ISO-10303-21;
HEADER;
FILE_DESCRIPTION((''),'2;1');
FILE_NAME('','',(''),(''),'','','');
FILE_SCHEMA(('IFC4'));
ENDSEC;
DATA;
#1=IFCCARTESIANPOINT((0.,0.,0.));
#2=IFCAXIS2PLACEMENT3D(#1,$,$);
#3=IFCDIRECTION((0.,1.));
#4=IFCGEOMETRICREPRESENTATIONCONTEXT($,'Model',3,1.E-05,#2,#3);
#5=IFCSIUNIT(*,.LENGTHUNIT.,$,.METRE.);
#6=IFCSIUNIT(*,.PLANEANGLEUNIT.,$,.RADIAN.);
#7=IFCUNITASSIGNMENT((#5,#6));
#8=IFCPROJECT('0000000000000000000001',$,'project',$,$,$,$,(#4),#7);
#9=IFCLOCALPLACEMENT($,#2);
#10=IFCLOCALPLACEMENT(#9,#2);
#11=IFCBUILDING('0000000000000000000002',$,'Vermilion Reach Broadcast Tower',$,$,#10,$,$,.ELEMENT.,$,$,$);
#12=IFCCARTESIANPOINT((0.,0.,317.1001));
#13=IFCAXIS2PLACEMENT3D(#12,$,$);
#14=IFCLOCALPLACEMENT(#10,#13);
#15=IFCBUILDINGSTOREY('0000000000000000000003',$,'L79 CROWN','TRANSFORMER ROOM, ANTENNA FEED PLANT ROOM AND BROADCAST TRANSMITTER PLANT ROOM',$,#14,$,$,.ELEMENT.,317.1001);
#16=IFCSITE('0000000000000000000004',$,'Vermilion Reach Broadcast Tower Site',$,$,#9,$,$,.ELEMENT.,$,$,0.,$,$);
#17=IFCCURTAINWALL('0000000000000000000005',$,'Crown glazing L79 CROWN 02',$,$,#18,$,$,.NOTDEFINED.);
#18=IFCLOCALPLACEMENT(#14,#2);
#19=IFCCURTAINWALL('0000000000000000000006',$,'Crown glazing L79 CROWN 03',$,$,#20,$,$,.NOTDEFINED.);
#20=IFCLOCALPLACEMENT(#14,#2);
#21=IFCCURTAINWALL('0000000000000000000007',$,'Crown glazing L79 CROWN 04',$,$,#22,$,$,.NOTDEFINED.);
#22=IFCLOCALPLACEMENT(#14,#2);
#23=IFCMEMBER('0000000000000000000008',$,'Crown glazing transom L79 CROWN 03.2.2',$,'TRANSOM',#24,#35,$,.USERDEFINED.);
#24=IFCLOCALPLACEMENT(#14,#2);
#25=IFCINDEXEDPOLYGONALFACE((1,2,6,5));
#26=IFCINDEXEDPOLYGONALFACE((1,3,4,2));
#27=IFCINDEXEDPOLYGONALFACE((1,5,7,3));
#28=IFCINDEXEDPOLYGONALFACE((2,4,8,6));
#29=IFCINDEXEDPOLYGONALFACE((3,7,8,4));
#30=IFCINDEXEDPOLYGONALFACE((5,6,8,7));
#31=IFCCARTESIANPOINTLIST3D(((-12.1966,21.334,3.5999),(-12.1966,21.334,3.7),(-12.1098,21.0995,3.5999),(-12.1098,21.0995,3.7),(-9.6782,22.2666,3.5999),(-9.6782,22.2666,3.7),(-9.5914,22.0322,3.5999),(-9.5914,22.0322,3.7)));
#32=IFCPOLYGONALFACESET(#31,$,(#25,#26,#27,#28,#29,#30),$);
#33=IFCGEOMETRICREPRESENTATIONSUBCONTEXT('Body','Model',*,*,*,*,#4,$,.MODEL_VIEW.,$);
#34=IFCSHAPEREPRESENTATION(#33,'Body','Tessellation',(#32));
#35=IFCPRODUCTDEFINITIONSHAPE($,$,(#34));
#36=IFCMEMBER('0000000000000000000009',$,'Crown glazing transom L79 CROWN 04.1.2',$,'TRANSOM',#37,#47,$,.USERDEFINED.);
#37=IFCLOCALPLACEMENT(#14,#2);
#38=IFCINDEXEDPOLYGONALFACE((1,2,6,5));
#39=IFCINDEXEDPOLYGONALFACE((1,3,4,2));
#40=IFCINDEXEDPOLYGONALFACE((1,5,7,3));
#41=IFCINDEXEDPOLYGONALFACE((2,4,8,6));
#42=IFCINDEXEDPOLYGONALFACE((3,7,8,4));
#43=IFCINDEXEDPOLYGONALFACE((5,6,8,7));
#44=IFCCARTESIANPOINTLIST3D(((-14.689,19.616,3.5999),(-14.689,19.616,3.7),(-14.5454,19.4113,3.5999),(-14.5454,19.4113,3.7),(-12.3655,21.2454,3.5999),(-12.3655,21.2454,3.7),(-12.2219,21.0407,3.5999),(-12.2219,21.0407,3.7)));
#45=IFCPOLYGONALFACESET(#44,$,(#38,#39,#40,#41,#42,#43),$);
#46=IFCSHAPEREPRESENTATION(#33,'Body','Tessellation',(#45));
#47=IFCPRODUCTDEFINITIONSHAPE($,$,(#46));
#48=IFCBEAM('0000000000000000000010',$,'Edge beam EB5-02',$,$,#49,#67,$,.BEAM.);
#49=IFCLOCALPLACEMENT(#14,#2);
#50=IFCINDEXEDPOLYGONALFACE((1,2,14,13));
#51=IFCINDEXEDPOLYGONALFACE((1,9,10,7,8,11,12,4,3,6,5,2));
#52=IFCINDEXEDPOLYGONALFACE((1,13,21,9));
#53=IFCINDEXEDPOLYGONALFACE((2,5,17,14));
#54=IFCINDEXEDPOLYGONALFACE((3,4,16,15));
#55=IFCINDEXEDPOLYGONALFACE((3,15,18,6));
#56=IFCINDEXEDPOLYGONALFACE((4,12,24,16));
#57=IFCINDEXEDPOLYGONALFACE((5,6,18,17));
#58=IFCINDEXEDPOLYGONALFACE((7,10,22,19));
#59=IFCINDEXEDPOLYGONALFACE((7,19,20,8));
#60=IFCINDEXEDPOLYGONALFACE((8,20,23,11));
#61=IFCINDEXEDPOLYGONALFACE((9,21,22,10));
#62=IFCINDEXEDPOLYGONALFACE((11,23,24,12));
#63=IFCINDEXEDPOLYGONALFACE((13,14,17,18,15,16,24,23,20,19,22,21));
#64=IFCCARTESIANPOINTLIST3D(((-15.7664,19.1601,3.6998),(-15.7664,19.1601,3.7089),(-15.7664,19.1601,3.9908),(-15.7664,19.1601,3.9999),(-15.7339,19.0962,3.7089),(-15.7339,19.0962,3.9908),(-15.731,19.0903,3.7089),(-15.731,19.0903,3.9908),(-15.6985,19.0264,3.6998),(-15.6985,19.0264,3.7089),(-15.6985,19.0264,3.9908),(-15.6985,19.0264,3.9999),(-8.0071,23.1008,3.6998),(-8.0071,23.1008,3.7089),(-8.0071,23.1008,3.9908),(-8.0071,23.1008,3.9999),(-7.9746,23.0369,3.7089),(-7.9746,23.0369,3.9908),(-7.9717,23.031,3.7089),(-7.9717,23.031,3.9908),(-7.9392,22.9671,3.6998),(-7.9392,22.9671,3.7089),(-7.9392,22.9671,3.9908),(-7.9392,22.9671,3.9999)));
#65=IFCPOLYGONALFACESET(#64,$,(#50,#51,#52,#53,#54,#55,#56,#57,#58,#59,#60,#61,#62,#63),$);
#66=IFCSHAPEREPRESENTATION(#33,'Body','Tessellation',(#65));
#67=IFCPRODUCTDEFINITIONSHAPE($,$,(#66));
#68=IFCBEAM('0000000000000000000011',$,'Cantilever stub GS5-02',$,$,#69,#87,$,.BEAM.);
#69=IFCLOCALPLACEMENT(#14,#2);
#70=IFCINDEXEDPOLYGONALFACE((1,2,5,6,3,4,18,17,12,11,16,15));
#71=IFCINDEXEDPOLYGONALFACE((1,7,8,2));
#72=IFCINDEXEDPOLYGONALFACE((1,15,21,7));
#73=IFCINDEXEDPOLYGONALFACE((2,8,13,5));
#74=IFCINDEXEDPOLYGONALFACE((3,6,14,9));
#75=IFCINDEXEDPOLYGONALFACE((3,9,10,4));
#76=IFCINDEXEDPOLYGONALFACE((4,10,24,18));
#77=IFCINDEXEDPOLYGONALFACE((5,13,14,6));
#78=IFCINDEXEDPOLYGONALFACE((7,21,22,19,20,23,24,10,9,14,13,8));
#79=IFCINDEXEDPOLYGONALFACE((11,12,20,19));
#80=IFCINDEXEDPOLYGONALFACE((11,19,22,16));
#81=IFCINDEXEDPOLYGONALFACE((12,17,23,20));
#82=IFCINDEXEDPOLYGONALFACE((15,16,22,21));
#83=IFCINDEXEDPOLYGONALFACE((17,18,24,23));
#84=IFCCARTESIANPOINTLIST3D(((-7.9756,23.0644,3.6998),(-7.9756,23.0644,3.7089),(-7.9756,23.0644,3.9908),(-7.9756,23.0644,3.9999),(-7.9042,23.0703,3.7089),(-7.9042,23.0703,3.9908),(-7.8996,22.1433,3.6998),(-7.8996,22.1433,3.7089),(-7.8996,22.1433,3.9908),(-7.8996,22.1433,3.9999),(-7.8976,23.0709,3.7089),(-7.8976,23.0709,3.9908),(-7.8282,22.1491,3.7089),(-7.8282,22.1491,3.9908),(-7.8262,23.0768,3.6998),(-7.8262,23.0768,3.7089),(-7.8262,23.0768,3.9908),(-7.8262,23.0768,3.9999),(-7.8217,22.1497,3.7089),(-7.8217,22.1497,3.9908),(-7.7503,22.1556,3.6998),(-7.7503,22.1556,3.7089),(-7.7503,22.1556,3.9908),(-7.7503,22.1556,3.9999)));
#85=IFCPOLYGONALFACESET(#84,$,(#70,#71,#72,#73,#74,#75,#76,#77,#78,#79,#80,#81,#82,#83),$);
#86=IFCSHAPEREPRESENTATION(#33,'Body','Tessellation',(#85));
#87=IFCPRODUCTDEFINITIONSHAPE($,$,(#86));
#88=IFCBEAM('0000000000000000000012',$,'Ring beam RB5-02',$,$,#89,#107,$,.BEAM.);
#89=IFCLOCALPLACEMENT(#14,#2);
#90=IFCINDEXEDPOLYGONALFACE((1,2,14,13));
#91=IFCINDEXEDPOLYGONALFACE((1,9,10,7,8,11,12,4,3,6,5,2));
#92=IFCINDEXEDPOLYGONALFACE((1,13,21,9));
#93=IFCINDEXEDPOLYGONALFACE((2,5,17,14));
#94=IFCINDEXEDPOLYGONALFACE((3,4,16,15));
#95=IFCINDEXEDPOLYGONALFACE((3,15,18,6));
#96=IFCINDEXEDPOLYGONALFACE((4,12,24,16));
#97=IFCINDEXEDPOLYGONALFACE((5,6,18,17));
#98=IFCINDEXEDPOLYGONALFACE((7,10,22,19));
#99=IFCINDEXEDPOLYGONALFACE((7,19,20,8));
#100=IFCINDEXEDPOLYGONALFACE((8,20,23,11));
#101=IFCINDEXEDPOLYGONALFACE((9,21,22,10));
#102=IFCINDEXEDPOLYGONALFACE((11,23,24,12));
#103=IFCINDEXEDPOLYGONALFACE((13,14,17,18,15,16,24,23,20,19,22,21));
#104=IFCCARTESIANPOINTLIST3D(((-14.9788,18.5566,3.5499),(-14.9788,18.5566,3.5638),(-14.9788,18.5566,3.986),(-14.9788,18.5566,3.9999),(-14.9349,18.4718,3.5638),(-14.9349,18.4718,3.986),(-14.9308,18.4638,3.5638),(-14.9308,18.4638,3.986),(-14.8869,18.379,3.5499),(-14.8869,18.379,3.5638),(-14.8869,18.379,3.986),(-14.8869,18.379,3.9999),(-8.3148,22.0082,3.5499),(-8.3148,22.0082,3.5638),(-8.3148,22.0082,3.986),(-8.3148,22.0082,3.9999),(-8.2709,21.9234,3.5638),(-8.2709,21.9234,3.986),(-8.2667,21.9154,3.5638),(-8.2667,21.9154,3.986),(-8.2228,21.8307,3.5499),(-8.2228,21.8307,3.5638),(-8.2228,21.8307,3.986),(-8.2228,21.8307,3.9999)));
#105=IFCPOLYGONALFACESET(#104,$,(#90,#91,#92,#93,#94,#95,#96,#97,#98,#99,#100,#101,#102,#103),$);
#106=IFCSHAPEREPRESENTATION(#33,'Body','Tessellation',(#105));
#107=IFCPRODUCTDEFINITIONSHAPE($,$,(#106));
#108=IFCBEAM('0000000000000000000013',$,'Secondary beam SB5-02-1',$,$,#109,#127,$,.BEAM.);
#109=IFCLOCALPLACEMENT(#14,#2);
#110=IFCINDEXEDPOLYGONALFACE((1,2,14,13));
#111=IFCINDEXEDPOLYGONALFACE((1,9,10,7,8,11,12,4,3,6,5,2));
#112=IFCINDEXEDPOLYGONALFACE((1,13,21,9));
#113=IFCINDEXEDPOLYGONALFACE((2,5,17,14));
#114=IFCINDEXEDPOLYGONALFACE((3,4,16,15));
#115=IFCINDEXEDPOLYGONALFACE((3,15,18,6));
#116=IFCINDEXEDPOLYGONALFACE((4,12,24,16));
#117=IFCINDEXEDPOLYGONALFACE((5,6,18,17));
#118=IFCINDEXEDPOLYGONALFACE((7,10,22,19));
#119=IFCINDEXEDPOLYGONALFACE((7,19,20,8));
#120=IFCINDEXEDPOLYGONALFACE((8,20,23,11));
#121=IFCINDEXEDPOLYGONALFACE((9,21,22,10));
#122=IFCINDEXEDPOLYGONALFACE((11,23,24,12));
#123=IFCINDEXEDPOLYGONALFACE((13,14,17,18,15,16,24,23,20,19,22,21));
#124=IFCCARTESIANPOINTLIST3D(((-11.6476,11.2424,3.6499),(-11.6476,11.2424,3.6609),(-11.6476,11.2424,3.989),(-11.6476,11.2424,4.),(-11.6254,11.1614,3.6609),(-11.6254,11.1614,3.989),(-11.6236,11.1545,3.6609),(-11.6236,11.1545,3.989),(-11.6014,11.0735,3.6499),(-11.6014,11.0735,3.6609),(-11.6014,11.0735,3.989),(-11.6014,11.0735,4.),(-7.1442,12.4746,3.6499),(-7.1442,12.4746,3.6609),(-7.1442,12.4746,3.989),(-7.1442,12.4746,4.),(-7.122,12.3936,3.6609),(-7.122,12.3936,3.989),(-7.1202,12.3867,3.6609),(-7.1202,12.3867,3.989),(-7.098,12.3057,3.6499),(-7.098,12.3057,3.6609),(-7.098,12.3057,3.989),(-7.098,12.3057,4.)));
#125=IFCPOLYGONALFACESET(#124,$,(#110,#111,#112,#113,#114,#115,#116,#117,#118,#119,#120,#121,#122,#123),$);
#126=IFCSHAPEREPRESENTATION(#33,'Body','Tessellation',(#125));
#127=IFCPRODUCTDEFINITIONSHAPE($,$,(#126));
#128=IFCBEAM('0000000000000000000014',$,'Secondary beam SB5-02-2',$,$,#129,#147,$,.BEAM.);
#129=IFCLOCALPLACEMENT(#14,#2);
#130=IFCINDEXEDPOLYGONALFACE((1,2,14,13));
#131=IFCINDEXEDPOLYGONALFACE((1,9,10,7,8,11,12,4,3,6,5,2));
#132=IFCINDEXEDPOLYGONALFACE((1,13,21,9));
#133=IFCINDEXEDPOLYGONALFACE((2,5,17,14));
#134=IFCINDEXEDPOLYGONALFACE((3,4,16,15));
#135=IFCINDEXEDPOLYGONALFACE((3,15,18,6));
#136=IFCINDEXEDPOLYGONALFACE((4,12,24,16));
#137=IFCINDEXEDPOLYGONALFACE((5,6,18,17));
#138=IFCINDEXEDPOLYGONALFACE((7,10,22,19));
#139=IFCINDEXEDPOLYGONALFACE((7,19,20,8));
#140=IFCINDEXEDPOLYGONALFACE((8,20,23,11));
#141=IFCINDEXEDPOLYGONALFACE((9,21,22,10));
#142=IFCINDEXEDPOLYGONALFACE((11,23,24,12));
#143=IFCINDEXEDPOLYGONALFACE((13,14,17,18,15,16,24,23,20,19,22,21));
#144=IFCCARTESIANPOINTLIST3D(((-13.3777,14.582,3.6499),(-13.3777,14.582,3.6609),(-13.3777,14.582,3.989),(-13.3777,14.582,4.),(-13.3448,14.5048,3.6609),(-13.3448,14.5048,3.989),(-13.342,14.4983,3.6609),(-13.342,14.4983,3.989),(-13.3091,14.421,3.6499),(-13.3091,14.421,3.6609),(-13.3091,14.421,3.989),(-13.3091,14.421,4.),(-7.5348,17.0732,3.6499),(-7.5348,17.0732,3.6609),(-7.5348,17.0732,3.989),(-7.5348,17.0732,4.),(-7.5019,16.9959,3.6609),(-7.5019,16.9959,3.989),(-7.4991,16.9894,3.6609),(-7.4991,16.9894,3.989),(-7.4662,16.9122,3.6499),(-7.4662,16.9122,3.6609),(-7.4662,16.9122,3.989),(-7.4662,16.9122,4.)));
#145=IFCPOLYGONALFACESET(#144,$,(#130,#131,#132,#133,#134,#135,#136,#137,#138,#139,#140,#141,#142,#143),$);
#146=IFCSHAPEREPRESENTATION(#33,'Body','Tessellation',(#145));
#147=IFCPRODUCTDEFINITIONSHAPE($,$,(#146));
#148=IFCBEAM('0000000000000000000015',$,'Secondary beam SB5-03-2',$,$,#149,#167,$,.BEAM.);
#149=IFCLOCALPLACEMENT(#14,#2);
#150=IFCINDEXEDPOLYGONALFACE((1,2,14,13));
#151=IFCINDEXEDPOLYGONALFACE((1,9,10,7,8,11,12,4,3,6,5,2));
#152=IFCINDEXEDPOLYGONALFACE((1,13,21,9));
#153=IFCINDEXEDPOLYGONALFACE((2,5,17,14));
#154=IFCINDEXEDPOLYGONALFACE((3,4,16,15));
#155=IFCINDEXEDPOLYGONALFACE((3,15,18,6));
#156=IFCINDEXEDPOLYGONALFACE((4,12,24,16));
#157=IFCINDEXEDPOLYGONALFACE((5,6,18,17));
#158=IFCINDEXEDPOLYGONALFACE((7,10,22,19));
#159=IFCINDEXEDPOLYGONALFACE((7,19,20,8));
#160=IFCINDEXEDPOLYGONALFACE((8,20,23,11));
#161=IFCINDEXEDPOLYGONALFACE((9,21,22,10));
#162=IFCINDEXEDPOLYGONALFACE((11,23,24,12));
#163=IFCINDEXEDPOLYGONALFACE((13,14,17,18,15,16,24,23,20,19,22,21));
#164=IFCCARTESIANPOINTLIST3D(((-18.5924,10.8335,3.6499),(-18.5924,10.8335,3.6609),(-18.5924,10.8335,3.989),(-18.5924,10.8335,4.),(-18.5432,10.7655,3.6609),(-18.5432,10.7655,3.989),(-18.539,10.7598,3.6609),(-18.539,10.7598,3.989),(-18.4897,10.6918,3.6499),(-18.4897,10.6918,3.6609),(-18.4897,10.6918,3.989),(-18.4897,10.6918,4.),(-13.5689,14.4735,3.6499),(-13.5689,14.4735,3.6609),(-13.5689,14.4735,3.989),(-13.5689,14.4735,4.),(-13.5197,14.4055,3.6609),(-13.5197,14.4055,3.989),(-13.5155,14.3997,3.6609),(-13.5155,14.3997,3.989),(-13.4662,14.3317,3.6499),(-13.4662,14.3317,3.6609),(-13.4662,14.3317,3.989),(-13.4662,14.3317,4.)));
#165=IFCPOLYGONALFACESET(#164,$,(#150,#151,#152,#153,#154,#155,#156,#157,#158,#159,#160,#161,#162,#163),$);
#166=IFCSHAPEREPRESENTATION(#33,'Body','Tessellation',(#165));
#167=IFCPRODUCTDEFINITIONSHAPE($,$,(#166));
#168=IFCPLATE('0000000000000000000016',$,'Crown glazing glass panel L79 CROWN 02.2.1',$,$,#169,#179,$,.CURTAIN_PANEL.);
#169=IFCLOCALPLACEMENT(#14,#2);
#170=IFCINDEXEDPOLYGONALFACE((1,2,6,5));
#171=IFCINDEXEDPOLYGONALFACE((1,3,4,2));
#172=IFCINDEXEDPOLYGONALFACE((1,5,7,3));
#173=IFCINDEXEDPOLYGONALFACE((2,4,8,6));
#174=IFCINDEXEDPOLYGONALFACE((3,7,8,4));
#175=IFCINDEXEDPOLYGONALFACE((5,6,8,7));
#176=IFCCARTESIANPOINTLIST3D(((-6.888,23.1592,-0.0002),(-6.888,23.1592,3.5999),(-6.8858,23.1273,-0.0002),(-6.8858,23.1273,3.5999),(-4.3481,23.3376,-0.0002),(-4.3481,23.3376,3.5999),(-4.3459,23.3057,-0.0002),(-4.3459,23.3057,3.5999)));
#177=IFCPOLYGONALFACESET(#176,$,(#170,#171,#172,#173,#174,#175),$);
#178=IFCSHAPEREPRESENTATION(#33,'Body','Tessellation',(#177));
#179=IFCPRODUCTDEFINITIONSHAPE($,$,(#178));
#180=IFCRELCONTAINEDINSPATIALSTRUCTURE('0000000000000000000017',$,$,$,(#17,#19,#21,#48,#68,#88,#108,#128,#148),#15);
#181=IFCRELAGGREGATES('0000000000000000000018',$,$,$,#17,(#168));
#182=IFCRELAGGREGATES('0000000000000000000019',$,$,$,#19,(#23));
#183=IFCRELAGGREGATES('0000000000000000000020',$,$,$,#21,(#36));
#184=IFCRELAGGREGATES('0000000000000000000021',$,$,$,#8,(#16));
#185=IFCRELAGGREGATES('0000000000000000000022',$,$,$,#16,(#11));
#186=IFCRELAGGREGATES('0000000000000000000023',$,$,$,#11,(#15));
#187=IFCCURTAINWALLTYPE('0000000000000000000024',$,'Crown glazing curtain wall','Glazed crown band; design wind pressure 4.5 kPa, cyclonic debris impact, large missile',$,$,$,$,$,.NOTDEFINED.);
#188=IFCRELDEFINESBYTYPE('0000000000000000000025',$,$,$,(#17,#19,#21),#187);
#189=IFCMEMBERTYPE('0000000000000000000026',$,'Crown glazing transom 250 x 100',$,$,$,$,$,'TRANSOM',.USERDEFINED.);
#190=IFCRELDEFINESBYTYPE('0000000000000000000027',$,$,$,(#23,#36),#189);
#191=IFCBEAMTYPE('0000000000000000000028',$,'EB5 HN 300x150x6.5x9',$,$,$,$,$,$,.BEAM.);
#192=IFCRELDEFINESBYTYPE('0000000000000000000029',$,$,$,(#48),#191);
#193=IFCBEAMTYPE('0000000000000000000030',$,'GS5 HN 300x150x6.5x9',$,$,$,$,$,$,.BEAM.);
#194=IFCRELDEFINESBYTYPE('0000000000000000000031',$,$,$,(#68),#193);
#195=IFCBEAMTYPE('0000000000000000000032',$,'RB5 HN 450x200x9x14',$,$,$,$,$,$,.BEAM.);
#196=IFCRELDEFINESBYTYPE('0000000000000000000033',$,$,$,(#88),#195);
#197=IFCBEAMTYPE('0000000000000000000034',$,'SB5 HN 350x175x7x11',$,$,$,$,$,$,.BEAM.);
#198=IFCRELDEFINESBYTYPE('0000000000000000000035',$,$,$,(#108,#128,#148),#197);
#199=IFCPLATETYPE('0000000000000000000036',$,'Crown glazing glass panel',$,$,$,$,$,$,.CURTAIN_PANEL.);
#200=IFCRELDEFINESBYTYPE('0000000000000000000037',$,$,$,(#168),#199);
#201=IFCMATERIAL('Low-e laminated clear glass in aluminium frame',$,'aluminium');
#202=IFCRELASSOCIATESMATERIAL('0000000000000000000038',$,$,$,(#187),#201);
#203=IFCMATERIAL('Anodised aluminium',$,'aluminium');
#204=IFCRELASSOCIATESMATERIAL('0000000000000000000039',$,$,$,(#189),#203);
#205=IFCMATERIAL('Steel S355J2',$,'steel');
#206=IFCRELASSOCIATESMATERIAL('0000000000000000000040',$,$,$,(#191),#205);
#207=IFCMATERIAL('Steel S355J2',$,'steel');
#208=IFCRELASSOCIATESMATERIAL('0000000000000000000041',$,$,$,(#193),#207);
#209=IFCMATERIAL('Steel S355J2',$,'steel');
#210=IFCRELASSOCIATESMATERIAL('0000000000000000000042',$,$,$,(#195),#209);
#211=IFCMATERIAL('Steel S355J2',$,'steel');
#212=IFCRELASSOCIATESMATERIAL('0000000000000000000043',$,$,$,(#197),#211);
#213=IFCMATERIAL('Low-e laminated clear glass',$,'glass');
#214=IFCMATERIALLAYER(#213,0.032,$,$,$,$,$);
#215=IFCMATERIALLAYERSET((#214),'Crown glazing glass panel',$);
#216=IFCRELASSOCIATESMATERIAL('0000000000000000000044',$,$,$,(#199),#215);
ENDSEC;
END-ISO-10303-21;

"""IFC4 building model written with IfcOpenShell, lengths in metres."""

from ifc_helpers import new_model, si_unit, direction, frame, origin, origin_2d, place, context, subcontext, project, spatial, rectangle, i_section, extrude, material, layer, layer_set, material_profile, profile_set, type_object, element, aggregate, save


model = new_model("IFC4")

# Units and contexts
model_context = context("Model", 3, precision=1e-05, world=origin(), true_north=direction((0.0, 1.0)))
body_context = subcontext(model_context, "Body", "Model", "MODEL_VIEW")
ifc_project = project(units=[si_unit("LENGTHUNIT", "METRE"), si_unit("PLANEANGLEUNIT", "RADIAN")], contexts=[model_context])

# Site, building, storey
site_placement = place(None, origin())
site = spatial("IfcSite", under=ifc_project, at=site_placement, Name="Vermilion Reach Broadcast Tower Site", CompositionType="ELEMENT", RefElevation=0.0)
building_placement = place(site_placement, origin())
building = spatial("IfcBuilding", under=site, at=building_placement, Name="Vermilion Reach Broadcast Tower", CompositionType="ELEMENT")
storey_placement = place(building_placement, frame((0.0, 0.0, 317.1001)))
storey = spatial("IfcBuildingStorey", under=building, at=storey_placement, Name="L79 CROWN", Description="TRANSFORMER ROOM, ANTENNA FEED PLANT ROOM AND BROADCAST TRANSMITTER PLANT ROOM", CompositionType="ELEMENT", Elevation=317.1001)

# Curtain wall
ifc_material_1 = material(Name="Low-e laminated clear glass in aluminium frame", Category="aluminium")
curtain_wall_type = type_object("IfcCurtainWallType", Name="Crown glazing curtain wall", Description="Glazed crown band; design wind pressure 4.5 kPa, cyclonic debris impact, large missile", PredefinedType="NOTDEFINED", material=ifc_material_1)
placement = place(storey_placement, origin())
curtain_wall_1 = element("IfcCurtainWall", 1, at=placement, inside=storey, type_object=curtain_wall_type, Name="Crown glazing L79 CROWN 02", PredefinedType="NOTDEFINED")

# Curtain walls
curtain_wall_2 = element("IfcCurtainWall", 2, at=placement, inside=storey, type_object=curtain_wall_type, Name="Crown glazing L79 CROWN 03", PredefinedType="NOTDEFINED")
curtain_wall_3 = element("IfcCurtainWall", 3, at=placement, inside=storey, type_object=curtain_wall_type, Name="Crown glazing L79 CROWN 04", PredefinedType="NOTDEFINED")

# Members
ifc_material_2 = material(Name="Anodised aluminium", Category="aluminium")
ifc_material_profile_1 = material_profile(ifc_material_2, rectangle(XDim=0.25, YDim=0.1001, at=origin_2d()), Name="Crown glazing transom 250 x 100")
ifc_profile_set_1 = profile_set([ifc_material_profile_1], Name="Anodised aluminium")
member_type_1 = type_object("IfcMemberType", Name="Crown glazing transom 250 x 100", ElementType="TRANSOM", PredefinedType="USERDEFINED", material=ifc_profile_set_1)
member_1_placement = place(storey_placement, frame((-9.6348, 22.1494, 3.6499), z_axis=(-0.93776, -0.347285, 0.0), x_axis=(0.347285, -0.93776, 0.0)))
member_1 = element("IfcMember", 4, at=member_1_placement, type_object=member_type_1, Name="Crown glazing transom L79 CROWN 03.2.2", ObjectType="TRANSOM", PredefinedType="USERDEFINED", context=body_context, shape_type="SweptSolid", body=[
    extrude(rectangle(XDim=0.25, YDim=0.1001, at=origin_2d()), origin(), (0.0, 0.0, 1.0), 2.6855),
])
member_2_placement = place(storey_placement, frame((-12.2937, 21.1431, 3.6499), z_axis=(-0.818743, -0.574161, 0.0), x_axis=(0.574161, -0.818743, 0.0)))
member_2 = element("IfcMember", 5, at=member_2_placement, type_object=member_type_1, Name="Crown glazing transom L79 CROWN 04.1.2", ObjectType="TRANSOM", PredefinedType="USERDEFINED", context=body_context, shape_type="SweptSolid", body=[
    extrude(rectangle(XDim=0.25, YDim=0.1001, at=origin_2d()), origin(), (0.0, 0.0, 1.0), 2.8379),
])

# Beams
ifc_material_3 = material(Name="Steel S355J2", Category="steel")
ifc_material_profile_2 = material_profile(ifc_material_3, i_section(OverallWidth=0.1499, OverallDepth=0.3, WebThickness=0.0066, FlangeThickness=0.009, at=origin_2d()), Name="S355J2 HN 300x150x6.5x9")
ifc_profile_set_2 = profile_set([ifc_material_profile_2], Name="Steel S355J2")
beam_type_1 = type_object("IfcBeamType", Name="EB5 HN 300x150x6.5x9", PredefinedType="BEAM", material=ifc_profile_set_2)
beam_1_placement = place(storey_placement, frame((-7.9731, 23.0339, 3.8499), z_axis=(-0.891604, -0.452816, 0.0), x_axis=(0.452816, -0.891604, 0.0)))
element("IfcBeam", 6, at=beam_1_placement, inside=storey, type_object=beam_type_1, Name="Edge beam EB5-02", PredefinedType="BEAM", context=body_context, shape_type="SweptSolid", body=[
    extrude(i_section(OverallWidth=0.1499, OverallDepth=0.3, WebThickness=0.0066, FlangeThickness=0.009, at=origin_2d()), origin(), (0.0, 0.0, 1.0), 8.7026),
])
ifc_material_4 = material(Name="Steel S355J2", Category="steel")
ifc_material_profile_3 = material_profile(ifc_material_4, i_section(OverallWidth=0.1499, OverallDepth=0.3, WebThickness=0.0066, FlangeThickness=0.009, at=origin_2d()), Name="S355J2 HN 300x150x6.5x9")
ifc_profile_set_3 = profile_set([ifc_material_profile_3], Name="Steel S355J2")
beam_type_2 = type_object("IfcBeamType", Name="GS5 HN 300x150x6.5x9", PredefinedType="BEAM", material=ifc_profile_set_3)
beam_2_placement = place(storey_placement, frame((-7.825, 22.1494, 3.8499), z_axis=(-0.082149, 0.99662, 0.0), x_axis=(-0.99662, -0.082149, 0.0)))
element("IfcBeam", 7, at=beam_2_placement, inside=storey, type_object=beam_type_2, Name="Cantilever stub GS5-02", PredefinedType="BEAM", context=body_context, shape_type="SweptSolid", body=[
    extrude(i_section(OverallWidth=0.1499, OverallDepth=0.3, WebThickness=0.0066, FlangeThickness=0.009, at=origin_2d()), origin(), (0.0, 0.0, 1.0), 0.9243),
])
ifc_material_5 = material(Name="Steel S355J2", Category="steel")
ifc_material_profile_4 = material_profile(ifc_material_5, i_section(OverallWidth=0.2, OverallDepth=0.45, WebThickness=0.009, FlangeThickness=0.0139, at=origin_2d()), Name="S355J2 HN 450x200x9x14")
ifc_profile_set_4 = profile_set([ifc_material_profile_4], Name="Steel S355J2")
beam_type_3 = type_object("IfcBeamType", Name="RB5 HN 450x200x9x14", PredefinedType="BEAM", material=ifc_profile_set_4)
beam_3_placement = place(storey_placement, frame((-8.2688, 21.9194, 3.7749), z_axis=(-0.88796, -0.45992, 0.0), x_axis=(0.45992, -0.88796, 0.0)))
element("IfcBeam", 8, at=beam_3_placement, inside=storey, type_object=beam_type_3, Name="Ring beam RB5-02", PredefinedType="BEAM", context=body_context, shape_type="SweptSolid", body=[
    extrude(i_section(OverallWidth=0.2, OverallDepth=0.45, WebThickness=0.009, FlangeThickness=0.0139, at=origin_2d()), origin(), (0.0, 0.0, 1.0), 7.5049),
])
ifc_material_6 = material(Name="Steel S355J2", Category="steel")
ifc_material_profile_5 = material_profile(ifc_material_6, i_section(OverallWidth=0.175, OverallDepth=0.3501, WebThickness=0.0071, FlangeThickness=0.011, at=origin_2d()), Name="S355J2 HN 350x175x7x11")
ifc_profile_set_5 = profile_set([ifc_material_profile_5], Name="Steel S355J2")
beam_type_4 = type_object("IfcBeamType", Name="SB5 HN 350x175x7x11", PredefinedType="BEAM", material=ifc_profile_set_5)
beam_4_placement = place(storey_placement, frame((-7.1211, 12.3901, 3.825), z_axis=(-0.964547, -0.263909, 0.0), x_axis=(0.263909, -0.964547, 0.0)))
element("IfcBeam", 9, at=beam_4_placement, inside=storey, type_object=beam_type_4, Name="Secondary beam SB5-02-1", PredefinedType="BEAM", context=body_context, shape_type="SweptSolid", body=[
    extrude(i_section(OverallWidth=0.175, OverallDepth=0.3501, WebThickness=0.0071, FlangeThickness=0.011, at=origin_2d()), origin(), (0.0, 0.0, 1.0), 4.6689),
])
beam_5_placement = place(storey_placement, frame((-7.5005, 16.9927, 3.825), z_axis=(-0.919881, -0.392198, 0.0), x_axis=(0.392198, -0.919881, 0.0)))
element("IfcBeam", 10, at=beam_5_placement, inside=storey, type_object=beam_type_4, Name="Secondary beam SB5-02-2", PredefinedType="BEAM", context=body_context, shape_type="SweptSolid", body=[
    extrude(i_section(OverallWidth=0.175, OverallDepth=0.3501, WebThickness=0.0071, FlangeThickness=0.011, at=origin_2d()), origin(), (0.0, 0.0, 1.0), 6.3518),
])
beam_6_placement = place(storey_placement, frame((-13.5176, 14.4026, 3.825), z_axis=(-0.809771, -0.586746, 0.0), x_axis=(0.586746, -0.809771, 0.0)))
element("IfcBeam", 11, at=beam_6_placement, inside=storey, type_object=beam_type_4, Name="Secondary beam SB5-03-2", PredefinedType="BEAM", context=body_context, shape_type="SweptSolid", body=[
    extrude(i_section(OverallWidth=0.175, OverallDepth=0.3501, WebThickness=0.0071, FlangeThickness=0.011, at=origin_2d()), origin(), (0.0, 0.0, 1.0), 6.2036),
])

# Plate
ifc_material_7 = material(Name="Low-e laminated clear glass", Category="glass")
ifc_layer_1 = layer(ifc_material_7, 0.032)
ifc_layer_set_1 = layer_set([ifc_layer_1], Name="Crown glazing glass panel")
plate_type = type_object("IfcPlateType", Name="Crown glazing glass panel", PredefinedType="CURTAIN_PANEL", material=ifc_layer_set_1)
plate_1_placement = place(storey_placement, frame((-5.6169, 23.2324, -0.0002), z_axis=(0.0, 0.0, 1.0), x_axis=(-0.997541, -0.070082, 0.0)))
plate_1 = element("IfcPlate", 12, at=plate_1_placement, type_object=plate_type, Name="Crown glazing glass panel L79 CROWN 02.2.1", PredefinedType="CURTAIN_PANEL", context=body_context, shape_type="SweptSolid", body=[
    extrude(rectangle(XDim=2.5461, YDim=0.032, at=origin_2d()), origin(), (0.0, 0.0, 1.0), 3.6001),
])
aggregate(curtain_wall_1, [plate_1])
aggregate(curtain_wall_2, [member_1])
aggregate(curtain_wall_3, [member_2])

save(model, "model.ifc")
